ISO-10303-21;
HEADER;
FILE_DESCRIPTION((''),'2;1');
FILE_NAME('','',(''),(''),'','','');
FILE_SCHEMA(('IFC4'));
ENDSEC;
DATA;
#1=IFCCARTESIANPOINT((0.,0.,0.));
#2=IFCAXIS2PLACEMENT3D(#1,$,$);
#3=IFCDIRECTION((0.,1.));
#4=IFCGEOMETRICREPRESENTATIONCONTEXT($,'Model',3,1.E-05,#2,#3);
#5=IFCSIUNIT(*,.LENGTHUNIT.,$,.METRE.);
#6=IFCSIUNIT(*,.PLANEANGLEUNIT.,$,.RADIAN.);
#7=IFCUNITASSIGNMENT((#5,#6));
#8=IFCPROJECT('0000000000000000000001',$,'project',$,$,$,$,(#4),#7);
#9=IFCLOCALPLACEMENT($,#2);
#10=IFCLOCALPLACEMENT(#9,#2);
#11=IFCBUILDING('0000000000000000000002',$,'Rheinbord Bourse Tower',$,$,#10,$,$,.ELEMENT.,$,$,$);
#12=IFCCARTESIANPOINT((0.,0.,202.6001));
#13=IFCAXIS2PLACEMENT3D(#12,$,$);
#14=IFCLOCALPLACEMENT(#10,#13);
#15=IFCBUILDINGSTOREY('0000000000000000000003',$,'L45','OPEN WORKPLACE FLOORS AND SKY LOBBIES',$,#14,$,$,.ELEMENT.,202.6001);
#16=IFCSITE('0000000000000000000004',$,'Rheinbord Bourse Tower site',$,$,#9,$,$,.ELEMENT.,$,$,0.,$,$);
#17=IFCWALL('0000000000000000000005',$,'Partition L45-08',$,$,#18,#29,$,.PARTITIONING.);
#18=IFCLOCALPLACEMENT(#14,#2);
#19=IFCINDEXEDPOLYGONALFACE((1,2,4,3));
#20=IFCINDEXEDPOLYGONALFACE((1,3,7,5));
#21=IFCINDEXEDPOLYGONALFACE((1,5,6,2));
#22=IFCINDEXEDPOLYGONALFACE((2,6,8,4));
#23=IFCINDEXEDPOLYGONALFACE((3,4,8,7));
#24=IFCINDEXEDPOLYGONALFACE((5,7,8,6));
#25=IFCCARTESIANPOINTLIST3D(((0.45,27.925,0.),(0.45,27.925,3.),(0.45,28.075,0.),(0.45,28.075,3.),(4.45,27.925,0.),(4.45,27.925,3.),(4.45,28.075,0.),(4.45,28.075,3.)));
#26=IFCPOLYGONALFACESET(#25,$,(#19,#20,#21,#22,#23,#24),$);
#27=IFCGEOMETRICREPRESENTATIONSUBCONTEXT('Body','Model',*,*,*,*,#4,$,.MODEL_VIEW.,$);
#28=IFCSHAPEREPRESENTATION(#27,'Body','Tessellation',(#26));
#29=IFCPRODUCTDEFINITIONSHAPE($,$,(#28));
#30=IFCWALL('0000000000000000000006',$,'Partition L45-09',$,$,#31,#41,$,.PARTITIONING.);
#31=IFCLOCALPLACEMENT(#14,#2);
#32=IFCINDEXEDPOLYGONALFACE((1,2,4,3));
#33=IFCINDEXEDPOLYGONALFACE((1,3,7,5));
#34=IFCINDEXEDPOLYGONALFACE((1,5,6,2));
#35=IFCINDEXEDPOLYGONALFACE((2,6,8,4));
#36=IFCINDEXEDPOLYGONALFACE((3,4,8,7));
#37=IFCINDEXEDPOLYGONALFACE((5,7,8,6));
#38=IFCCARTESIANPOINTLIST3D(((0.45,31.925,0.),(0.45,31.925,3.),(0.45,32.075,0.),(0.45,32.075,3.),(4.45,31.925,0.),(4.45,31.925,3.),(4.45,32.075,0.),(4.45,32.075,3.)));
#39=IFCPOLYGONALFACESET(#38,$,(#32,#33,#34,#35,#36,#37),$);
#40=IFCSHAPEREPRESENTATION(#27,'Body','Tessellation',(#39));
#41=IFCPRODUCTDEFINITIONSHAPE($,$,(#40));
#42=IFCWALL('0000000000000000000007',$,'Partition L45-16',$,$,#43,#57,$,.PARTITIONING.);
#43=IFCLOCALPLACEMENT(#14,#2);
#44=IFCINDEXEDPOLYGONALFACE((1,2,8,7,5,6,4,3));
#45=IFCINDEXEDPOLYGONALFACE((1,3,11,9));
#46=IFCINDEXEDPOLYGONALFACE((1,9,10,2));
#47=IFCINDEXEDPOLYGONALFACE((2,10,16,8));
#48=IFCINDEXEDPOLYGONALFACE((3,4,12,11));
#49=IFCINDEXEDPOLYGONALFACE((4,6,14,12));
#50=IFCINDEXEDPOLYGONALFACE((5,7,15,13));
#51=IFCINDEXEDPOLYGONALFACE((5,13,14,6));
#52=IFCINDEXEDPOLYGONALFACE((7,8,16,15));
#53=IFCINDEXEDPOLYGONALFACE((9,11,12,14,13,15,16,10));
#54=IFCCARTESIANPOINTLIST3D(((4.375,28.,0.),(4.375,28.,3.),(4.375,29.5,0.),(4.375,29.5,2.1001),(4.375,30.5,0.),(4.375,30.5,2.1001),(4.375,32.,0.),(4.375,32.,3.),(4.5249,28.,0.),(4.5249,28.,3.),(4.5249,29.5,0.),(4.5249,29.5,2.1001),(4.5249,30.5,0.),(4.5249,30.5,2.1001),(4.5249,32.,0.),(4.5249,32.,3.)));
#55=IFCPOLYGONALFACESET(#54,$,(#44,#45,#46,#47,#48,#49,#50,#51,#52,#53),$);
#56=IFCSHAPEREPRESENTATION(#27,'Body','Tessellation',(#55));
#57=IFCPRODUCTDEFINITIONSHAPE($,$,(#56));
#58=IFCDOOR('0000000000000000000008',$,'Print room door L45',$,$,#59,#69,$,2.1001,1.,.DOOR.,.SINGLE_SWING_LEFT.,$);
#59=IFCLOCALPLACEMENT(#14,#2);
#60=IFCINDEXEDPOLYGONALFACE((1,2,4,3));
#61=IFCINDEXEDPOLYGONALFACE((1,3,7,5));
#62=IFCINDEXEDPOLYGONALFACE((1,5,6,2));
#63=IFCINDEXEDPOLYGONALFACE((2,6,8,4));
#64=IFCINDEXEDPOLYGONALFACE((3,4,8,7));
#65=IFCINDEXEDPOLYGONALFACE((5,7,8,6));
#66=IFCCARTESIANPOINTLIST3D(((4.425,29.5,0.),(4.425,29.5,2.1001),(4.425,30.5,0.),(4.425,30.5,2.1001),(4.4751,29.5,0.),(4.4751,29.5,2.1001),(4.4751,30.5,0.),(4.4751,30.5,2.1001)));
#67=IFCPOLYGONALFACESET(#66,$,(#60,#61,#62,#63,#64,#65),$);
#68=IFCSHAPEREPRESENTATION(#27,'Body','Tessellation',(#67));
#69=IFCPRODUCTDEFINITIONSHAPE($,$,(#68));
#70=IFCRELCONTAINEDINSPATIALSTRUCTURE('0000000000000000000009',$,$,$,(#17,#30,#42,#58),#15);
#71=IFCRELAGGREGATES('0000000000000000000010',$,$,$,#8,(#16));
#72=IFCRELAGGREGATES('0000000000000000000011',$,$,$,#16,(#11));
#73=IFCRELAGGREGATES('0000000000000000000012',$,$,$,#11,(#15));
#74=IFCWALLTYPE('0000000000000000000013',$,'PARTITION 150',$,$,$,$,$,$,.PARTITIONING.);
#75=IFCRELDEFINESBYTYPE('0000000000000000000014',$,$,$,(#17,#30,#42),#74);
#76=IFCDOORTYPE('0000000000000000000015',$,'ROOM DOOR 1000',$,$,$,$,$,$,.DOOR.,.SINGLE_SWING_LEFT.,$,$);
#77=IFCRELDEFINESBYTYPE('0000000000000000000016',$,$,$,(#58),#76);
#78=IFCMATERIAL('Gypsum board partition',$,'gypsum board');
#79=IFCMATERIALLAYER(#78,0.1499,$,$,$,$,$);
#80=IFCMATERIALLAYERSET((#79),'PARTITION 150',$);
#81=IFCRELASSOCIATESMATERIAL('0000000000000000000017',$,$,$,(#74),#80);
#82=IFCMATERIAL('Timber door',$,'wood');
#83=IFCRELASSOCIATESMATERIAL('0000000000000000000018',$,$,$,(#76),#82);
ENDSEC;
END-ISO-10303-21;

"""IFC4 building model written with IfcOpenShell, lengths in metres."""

from ifc_helpers import new_model, si_unit, direction, frame, frame_2d, origin, place, context, subcontext, project, spatial, rectangle, extrude, material, layer, layer_set, type_object, element, fill, save


model = new_model("IFC4")

# Units and contexts
model_context = context("Model", 3, precision=1e-05, world=origin(), true_north=direction((0.0, 1.0)))
body_context = subcontext(model_context, "Body", "Model", "MODEL_VIEW")
ifc_project = project(units=[si_unit("LENGTHUNIT", "METRE"), si_unit("PLANEANGLEUNIT", "RADIAN")], contexts=[model_context])

# Site, building, storey
site_placement = place(None, origin())
site = spatial("IfcSite", under=ifc_project, at=site_placement, Name="Rheinbord Bourse Tower site", CompositionType="ELEMENT", RefElevation=0.0)
building_placement = place(site_placement, origin())
building = spatial("IfcBuilding", under=site, at=building_placement, Name="Rheinbord Bourse Tower", CompositionType="ELEMENT")
storey_placement = place(building_placement, frame((0.0, 0.0, 202.6001)))
storey = spatial("IfcBuildingStorey", under=building, at=storey_placement, Name="L45", Description="OPEN WORKPLACE FLOORS AND SKY LOBBIES", CompositionType="ELEMENT", Elevation=202.6001)

# Walls
ifc_material_1 = material(Name="Gypsum board partition", Category="gypsum board")
ifc_layer_1 = layer(ifc_material_1, 0.1499)
ifc_layer_set_1 = layer_set([ifc_layer_1], Name="PARTITION 150")
wall_type = type_object("IfcWallType", Name="PARTITION 150", PredefinedType="PARTITIONING", material=ifc_layer_set_1)
for number, where, z_axis, x_axis, name in (
    (1, (0.45, 28.0, 0.0), (0.0, 0.0, 1.0), (1.0, 0.0, 0.0), "Partition L45-08"),
    (2, (0.45, 32.0, 0.0), (0.0, 0.0, 1.0), (1.0, 0.0, 0.0), "Partition L45-09"),
):
    element("IfcWall", number, at=place(storey_placement, frame(where, z_axis=z_axis, x_axis=x_axis)), inside=storey, type_object=wall_type, Name=name, PredefinedType="PARTITIONING", context=body_context, shape_type="SweptSolid", body=[
        extrude(rectangle(XDim=4.0, YDim=0.1499, at=frame_2d((2.0, 0.0))), origin(), (0.0, 0.0, 1.0), 3.0),
    ])

# Wall, opening, door
wall_1_placement = place(storey_placement, frame((4.45, 28.0, 0.0), z_axis=(0.0, 0.0, 1.0), x_axis=(0.0, 1.0, 0.0)))
wall_1 = element("IfcWall", 3, at=wall_1_placement, inside=storey, type_object=wall_type, Name="Partition L45-16", PredefinedType="PARTITIONING", context=body_context, shape_type="SweptSolid", body=[
    extrude(rectangle(XDim=4.0, YDim=0.1499, at=frame_2d((2.0, 0.0))), origin(), (0.0, 0.0, 1.0), 3.0),
])
opening_placement = place(wall_1_placement, frame((1.5, 0.0, 0.0)))
opening = element("IfcOpeningElement", 4, at=opening_placement, cuts=wall_1, PredefinedType="OPENING", context=body_context, shape_type="SweptSolid", body=[
    extrude(rectangle(XDim=1.0, YDim=2.1001, at=frame_2d((0.5, 1.05))), frame((0.0, 0.085, 0.0), z_axis=(0.0, -1.0, 0.0), x_axis=(1.0, 0.0, 0.0)), (0.0, 0.0, 1.0), 0.1699),
])
ifc_material_2 = material(Name="Timber door", Category="wood")
door_type = type_object("IfcDoorType", Name="ROOM DOOR 1000", OperationType="SINGLE_SWING_LEFT", PredefinedType="DOOR", material=ifc_material_2)
door_placement = place(opening_placement, origin())
door = element("IfcDoor", 5, at=door_placement, inside=storey, type_object=door_type, Name="Print room door L45", OperationType="SINGLE_SWING_LEFT", OverallHeight=2.1001, OverallWidth=1.0, PredefinedType="DOOR", context=body_context, shape_type="SweptSolid", body=[
    extrude(rectangle(XDim=1.0, YDim=2.1001, at=frame_2d((0.5, 1.05))), frame((0.0, 0.0249, 0.0), z_axis=(0.0, -1.0, 0.0), x_axis=(1.0, 0.0, 0.0)), (0.0, 0.0, 1.0), 0.05),
])
fill(opening, door)

save(model, "model.ifc")
